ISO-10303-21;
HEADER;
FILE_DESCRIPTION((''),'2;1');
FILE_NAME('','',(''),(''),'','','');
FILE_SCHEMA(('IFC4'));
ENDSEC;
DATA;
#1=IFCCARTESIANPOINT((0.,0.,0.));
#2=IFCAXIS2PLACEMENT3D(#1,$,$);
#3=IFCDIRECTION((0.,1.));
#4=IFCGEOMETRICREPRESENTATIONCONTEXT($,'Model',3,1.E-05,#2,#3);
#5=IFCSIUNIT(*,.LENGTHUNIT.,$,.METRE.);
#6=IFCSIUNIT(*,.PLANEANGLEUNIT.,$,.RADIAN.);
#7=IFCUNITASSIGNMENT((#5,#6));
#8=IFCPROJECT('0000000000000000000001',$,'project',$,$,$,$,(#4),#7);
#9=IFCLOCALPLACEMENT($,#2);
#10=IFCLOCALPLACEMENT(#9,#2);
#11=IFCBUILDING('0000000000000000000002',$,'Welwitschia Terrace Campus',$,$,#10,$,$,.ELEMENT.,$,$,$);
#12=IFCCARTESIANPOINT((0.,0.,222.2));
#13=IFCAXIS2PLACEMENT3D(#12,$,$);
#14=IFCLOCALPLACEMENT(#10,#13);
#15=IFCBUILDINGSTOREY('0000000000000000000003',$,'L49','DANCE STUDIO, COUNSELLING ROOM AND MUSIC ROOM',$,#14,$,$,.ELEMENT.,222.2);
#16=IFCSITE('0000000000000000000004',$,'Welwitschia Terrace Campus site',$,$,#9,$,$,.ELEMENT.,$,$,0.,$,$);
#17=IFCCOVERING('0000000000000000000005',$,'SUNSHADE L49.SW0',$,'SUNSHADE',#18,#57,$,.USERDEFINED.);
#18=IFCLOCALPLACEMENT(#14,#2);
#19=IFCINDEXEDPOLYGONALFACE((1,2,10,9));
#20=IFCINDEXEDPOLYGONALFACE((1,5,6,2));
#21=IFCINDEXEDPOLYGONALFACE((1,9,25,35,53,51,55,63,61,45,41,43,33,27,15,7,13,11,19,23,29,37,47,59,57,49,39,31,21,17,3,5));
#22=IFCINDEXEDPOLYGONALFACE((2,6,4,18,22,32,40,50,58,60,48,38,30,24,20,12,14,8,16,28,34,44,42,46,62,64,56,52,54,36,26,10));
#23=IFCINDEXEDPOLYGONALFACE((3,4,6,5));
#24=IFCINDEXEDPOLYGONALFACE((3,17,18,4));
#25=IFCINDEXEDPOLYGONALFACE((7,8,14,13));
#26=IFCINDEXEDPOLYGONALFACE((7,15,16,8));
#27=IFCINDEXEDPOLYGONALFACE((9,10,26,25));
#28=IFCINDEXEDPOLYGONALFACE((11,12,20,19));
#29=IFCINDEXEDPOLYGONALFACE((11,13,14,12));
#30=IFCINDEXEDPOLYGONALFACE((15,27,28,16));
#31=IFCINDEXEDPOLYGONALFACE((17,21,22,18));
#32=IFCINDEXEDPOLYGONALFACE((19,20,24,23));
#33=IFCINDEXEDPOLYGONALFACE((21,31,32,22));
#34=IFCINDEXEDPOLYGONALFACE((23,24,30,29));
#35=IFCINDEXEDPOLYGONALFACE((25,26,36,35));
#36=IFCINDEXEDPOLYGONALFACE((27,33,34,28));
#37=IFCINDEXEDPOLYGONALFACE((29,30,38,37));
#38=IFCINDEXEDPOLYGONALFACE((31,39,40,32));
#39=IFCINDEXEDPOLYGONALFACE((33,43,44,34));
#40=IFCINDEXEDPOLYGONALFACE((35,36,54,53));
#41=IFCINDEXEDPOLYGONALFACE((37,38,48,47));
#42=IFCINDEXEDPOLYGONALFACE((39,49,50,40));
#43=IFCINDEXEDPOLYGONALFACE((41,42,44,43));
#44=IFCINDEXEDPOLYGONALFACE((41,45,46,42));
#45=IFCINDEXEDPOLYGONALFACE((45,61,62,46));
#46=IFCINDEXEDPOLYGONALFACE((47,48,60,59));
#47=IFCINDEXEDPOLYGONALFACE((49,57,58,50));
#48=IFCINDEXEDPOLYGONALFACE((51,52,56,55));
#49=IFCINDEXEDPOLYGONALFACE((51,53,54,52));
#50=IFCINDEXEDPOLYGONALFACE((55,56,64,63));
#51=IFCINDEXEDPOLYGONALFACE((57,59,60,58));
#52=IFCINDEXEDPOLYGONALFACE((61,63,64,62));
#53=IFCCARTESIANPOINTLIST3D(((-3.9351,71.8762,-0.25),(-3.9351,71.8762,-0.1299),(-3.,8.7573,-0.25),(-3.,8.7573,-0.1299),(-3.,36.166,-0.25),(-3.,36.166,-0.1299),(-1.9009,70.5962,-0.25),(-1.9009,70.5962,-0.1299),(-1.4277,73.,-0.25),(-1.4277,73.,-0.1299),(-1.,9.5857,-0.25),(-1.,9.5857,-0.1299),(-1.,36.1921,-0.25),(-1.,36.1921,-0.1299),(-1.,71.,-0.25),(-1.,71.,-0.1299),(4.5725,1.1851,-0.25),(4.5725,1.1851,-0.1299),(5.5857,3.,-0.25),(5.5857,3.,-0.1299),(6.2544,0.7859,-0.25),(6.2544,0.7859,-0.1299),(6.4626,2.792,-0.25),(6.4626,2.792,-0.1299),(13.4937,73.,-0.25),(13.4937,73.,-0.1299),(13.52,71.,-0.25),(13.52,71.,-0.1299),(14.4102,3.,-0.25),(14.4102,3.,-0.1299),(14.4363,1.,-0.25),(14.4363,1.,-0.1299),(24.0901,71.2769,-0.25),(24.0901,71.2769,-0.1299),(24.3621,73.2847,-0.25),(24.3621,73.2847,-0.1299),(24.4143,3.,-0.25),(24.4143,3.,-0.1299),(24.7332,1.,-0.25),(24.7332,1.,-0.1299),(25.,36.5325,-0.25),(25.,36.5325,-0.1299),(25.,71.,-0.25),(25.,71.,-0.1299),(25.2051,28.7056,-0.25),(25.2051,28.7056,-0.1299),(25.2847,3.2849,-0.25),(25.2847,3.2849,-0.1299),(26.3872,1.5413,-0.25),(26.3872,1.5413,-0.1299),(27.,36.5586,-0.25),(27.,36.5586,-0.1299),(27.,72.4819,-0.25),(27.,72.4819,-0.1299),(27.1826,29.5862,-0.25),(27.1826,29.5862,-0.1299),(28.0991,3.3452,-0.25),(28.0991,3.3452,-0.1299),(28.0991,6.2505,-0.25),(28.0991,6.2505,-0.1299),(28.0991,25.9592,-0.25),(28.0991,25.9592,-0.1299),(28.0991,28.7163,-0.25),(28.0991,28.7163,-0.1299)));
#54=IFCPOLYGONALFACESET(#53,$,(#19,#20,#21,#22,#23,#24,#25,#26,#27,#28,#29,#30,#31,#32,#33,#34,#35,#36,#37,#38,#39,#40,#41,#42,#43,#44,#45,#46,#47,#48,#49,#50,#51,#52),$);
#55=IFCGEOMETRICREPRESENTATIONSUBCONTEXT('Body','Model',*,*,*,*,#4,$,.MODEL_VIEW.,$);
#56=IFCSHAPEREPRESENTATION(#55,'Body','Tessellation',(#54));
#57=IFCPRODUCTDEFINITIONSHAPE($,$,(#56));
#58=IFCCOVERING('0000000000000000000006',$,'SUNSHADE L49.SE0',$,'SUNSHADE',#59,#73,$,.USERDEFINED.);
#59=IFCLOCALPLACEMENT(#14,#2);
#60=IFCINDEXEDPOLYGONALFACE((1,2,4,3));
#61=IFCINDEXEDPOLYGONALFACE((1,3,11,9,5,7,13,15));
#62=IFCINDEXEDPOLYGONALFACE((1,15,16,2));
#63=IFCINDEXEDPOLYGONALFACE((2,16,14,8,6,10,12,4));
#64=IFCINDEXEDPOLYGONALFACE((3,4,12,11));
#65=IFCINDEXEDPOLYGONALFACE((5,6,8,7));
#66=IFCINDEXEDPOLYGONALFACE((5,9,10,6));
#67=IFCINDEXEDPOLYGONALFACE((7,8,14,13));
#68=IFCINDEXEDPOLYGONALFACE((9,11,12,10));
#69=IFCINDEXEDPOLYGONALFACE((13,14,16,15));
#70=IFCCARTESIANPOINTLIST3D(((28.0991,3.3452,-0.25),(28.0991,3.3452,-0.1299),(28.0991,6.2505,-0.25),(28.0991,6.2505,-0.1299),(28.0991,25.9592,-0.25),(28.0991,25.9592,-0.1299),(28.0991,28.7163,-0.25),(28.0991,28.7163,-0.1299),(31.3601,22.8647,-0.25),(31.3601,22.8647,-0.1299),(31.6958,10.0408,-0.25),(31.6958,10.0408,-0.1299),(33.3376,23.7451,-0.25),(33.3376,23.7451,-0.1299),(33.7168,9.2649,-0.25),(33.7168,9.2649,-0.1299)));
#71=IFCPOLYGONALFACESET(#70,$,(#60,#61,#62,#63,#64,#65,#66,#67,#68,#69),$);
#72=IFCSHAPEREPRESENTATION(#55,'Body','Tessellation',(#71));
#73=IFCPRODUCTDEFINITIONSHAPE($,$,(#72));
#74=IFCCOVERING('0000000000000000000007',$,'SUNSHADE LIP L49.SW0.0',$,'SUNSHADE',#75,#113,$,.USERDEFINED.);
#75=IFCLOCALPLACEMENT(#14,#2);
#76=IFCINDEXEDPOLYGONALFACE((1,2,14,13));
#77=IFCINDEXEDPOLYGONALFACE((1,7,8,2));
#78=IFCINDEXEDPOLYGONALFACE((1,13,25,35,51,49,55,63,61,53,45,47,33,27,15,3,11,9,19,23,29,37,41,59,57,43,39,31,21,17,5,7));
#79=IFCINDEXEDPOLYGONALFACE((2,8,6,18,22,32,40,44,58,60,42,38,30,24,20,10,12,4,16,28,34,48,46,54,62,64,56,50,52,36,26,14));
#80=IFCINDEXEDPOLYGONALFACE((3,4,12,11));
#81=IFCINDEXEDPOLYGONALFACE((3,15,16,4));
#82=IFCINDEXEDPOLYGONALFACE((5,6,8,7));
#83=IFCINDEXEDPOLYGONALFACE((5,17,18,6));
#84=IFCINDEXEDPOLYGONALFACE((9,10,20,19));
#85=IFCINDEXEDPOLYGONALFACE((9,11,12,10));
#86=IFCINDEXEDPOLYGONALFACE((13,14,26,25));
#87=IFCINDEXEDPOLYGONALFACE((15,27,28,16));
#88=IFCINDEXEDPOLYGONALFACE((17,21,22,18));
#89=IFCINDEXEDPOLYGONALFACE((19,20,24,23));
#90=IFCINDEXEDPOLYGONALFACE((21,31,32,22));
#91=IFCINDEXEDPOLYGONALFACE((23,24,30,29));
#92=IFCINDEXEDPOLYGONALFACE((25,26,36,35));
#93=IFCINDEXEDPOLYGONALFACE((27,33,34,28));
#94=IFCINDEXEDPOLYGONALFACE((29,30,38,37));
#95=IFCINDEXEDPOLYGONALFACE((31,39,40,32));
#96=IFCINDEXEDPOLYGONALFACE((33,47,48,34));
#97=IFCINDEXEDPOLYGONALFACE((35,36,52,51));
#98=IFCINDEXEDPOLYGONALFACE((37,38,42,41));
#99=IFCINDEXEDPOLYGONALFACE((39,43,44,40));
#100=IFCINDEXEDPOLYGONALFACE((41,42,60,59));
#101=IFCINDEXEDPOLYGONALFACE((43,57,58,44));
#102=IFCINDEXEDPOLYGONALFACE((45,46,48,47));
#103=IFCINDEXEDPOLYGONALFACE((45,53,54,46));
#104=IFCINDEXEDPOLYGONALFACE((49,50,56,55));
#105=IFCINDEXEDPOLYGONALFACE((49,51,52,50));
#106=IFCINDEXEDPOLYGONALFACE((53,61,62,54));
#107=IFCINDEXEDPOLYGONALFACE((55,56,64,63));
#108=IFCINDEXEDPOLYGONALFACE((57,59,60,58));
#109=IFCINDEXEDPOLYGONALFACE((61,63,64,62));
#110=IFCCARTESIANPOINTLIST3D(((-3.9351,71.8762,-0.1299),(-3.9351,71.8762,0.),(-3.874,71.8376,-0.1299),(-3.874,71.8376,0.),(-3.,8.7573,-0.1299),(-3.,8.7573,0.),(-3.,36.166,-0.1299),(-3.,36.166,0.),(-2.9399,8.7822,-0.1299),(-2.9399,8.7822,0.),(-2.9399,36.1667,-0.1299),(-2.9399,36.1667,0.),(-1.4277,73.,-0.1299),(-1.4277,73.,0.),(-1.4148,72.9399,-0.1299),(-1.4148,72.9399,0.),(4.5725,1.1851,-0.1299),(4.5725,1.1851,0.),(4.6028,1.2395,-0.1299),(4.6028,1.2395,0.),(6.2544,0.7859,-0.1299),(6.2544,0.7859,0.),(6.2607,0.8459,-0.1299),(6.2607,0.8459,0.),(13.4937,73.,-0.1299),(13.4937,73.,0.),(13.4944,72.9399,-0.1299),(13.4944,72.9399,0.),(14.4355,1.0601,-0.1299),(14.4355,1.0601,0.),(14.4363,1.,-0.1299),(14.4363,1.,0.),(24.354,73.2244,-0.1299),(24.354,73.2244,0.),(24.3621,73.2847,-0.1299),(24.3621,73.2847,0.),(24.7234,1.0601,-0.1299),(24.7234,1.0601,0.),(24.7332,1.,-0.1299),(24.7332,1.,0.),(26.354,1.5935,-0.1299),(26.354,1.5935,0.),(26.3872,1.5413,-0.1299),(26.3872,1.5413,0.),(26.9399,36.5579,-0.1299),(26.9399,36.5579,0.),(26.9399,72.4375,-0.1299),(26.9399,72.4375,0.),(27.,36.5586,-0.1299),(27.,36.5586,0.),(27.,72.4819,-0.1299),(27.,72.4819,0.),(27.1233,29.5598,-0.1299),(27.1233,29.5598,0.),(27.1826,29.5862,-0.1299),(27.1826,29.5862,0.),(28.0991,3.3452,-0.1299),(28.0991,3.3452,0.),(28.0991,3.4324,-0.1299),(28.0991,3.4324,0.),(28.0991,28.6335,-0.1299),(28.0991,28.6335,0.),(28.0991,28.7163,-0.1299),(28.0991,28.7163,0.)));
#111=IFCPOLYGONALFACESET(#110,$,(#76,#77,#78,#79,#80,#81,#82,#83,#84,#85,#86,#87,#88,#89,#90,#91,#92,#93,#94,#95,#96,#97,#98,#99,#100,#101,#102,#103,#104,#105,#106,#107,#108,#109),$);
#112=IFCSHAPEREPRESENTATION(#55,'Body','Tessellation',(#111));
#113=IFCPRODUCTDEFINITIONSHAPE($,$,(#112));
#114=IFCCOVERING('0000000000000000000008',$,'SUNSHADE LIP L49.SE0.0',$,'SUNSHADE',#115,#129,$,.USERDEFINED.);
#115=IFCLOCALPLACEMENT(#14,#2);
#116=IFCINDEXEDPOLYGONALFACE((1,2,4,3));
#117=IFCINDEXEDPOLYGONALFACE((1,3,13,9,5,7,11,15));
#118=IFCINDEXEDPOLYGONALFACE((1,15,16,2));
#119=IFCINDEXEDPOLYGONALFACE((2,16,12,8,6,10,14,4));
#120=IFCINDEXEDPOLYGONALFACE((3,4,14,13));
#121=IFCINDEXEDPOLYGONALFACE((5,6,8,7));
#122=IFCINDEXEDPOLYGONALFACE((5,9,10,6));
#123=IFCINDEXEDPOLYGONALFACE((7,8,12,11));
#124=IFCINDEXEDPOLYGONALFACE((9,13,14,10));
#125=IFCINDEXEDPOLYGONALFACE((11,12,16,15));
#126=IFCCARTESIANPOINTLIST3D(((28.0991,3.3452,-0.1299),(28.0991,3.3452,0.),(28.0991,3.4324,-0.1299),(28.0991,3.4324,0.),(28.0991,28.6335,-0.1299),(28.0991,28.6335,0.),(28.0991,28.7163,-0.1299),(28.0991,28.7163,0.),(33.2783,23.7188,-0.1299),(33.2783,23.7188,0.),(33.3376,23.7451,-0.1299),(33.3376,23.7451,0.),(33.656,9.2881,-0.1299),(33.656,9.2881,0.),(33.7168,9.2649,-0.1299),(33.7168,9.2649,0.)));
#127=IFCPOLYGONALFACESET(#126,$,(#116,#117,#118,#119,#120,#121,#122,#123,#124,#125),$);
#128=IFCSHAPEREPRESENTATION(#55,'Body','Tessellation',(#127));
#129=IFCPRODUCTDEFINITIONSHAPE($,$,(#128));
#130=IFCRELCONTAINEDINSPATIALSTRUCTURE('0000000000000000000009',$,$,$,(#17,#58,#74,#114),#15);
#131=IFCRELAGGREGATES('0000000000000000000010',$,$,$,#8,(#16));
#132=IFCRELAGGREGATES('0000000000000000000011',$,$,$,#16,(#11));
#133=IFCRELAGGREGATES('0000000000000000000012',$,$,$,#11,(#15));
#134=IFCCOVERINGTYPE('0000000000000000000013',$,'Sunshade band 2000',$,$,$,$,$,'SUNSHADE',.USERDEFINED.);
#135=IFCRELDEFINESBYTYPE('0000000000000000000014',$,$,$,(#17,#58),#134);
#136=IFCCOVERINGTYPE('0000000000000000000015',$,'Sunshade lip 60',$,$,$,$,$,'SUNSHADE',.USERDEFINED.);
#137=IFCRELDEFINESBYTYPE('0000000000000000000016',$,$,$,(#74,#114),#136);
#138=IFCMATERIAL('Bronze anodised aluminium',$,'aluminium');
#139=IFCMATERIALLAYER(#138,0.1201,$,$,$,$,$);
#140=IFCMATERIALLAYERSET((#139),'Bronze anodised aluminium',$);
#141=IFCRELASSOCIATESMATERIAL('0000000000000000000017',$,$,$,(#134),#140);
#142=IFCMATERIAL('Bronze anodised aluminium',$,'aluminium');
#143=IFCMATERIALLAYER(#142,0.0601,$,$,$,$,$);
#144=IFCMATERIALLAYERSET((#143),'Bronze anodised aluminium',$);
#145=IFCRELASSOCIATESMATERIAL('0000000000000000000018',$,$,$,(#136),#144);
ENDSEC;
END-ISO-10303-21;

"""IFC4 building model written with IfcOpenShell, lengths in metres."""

from ifc_helpers import new_model, si_unit, direction, frame, origin, place, context, subcontext, project, spatial, polyline, outline, extrude, material, layer, layer_set, type_object, element, save


model = new_model("IFC4")

# Units and contexts
model_context = context("Model", 3, precision=1e-05, world=origin(), true_north=direction((0.0, 1.0)))
body_context = subcontext(model_context, "Body", "Model", "MODEL_VIEW")
ifc_project = project(units=[si_unit("LENGTHUNIT", "METRE"), si_unit("PLANEANGLEUNIT", "RADIAN")], contexts=[model_context])

# Site, building, storey
site_placement = place(None, origin())
site = spatial("IfcSite", under=ifc_project, at=site_placement, Name="Welwitschia Terrace Campus site", CompositionType="ELEMENT", RefElevation=0.0)
building_placement = place(site_placement, origin())
building = spatial("IfcBuilding", under=site, at=building_placement, Name="Welwitschia Terrace Campus", CompositionType="ELEMENT")
storey_placement = place(building_placement, frame((0.0, 0.0, 222.2)))
storey = spatial("IfcBuildingStorey", under=building, at=storey_placement, Name="L49", Description="DANCE STUDIO, COUNSELLING ROOM AND MUSIC ROOM", CompositionType="ELEMENT", Elevation=222.2)

# Coverings
ifc_material_1 = material(Name="Bronze anodised aluminium", Category="aluminium")
ifc_layer_1 = layer(ifc_material_1, 0.1201)
ifc_layer_set_1 = layer_set([ifc_layer_1], Name="Bronze anodised aluminium")
covering_type_1 = type_object("IfcCoveringType", Name="Sunshade band 2000", ElementType="SUNSHADE", PredefinedType="USERDEFINED", material=ifc_layer_set_1)
covering_1_placement = place(storey_placement, frame((0.0, 0.0, -0.25)))
element("IfcCovering", 1, at=covering_1_placement, inside=storey, type_object=covering_type_1, Name="SUNSHADE L49.SW0", ObjectType="SUNSHADE", PredefinedType="USERDEFINED", context=body_context, shape_type="SweptSolid", body=[
    extrude(outline(polyline([(-1.4277, 73.0), (13.4937, 73.0), (24.3621, 73.2847), (27.0, 72.4819), (27.0, 36.5586), (27.1826, 29.5862), (28.0991, 28.7163), (28.0991, 25.9592), (25.2051, 28.7056), (25.0, 36.5325), (25.0, 71.0), (24.0901, 71.2769), (13.52, 71.0), (-1.0, 71.0), (-1.9009, 70.5962), (-1.0, 36.1921), (-1.0, 9.5857), (5.5857, 3.0), (6.4626, 2.792), (14.4102, 3.0), (24.4143, 3.0), (25.2847, 3.2849), (28.0991, 6.2505), (28.0991, 3.3452), (26.3872, 1.5413), (24.7332, 1.0), (14.4363, 1.0), (6.2544, 0.7859), (4.5725, 1.1851), (-3.0, 8.7573), (-3.0, 36.166), (-3.9351, 71.8762), (-1.4277, 73.0)])), origin(), (0.0, 0.0, 1.0), 0.1201),
])
covering_2_placement = place(storey_placement, frame((0.0, 0.0, -0.25)))
element("IfcCovering", 2, at=covering_2_placement, inside=storey, type_object=covering_type_1, Name="SUNSHADE L49.SE0", ObjectType="SUNSHADE", PredefinedType="USERDEFINED", context=body_context, shape_type="SweptSolid", body=[
    extrude(outline(polyline([(33.3376, 23.7451), (33.7168, 9.2649), (28.0991, 3.3452), (28.0991, 6.2505), (31.6958, 10.0408), (31.3601, 22.8647), (28.0991, 25.9592), (28.0991, 28.7163), (33.3376, 23.7451)])), origin(), (0.0, 0.0, 1.0), 0.1201),
])
ifc_material_2 = material(Name="Bronze anodised aluminium", Category="aluminium")
ifc_layer_2 = layer(ifc_material_2, 0.0601)
ifc_layer_set_2 = layer_set([ifc_layer_2], Name="Bronze anodised aluminium")
covering_type_2 = type_object("IfcCoveringType", Name="Sunshade lip 60", ElementType="SUNSHADE", PredefinedType="USERDEFINED", material=ifc_layer_set_2)
covering_3_placement = place(storey_placement, frame((0.0, 0.0, -0.1299)))
element("IfcCovering", 3, at=covering_3_placement, inside=storey, type_object=covering_type_2, Name="SUNSHADE LIP L49.SW0.0", ObjectType="SUNSHADE", PredefinedType="USERDEFINED", context=body_context, shape_type="SweptSolid", body=[
    extrude(outline(polyline([(13.4937, 73.0), (24.3621, 73.2847), (27.0, 72.4819), (27.0, 36.5586), (27.1826, 29.5862), (28.0991, 28.7163), (28.0991, 28.6335), (27.1233, 29.5598), (26.9399, 36.5579), (26.9399, 72.4375), (24.354, 73.2244), (13.4944, 72.9399), (-1.4148, 72.9399), (-3.874, 71.8376), (-2.9399, 36.1667), (-2.9399, 8.7822), (4.6028, 1.2395), (6.2607, 0.8459), (14.4355, 1.0601), (24.7234, 1.0601), (26.354, 1.5935), (28.0991, 3.4324), (28.0991, 3.3452), (26.3872, 1.5413), (24.7332, 1.0), (14.4363, 1.0), (6.2544, 0.7859), (4.5725, 1.1851), (-3.0, 8.7573), (-3.0, 36.166), (-3.9351, 71.8762), (-1.4277, 73.0), (13.4937, 73.0)])), origin(), (0.0, 0.0, 1.0), 0.1299),
])
covering_4_placement = place(storey_placement, frame((0.0, 0.0, -0.1299)))
element("IfcCovering", 4, at=covering_4_placement, inside=storey, type_object=covering_type_2, Name="SUNSHADE LIP L49.SE0.0", ObjectType="SUNSHADE", PredefinedType="USERDEFINED", context=body_context, shape_type="SweptSolid", body=[
    extrude(outline(polyline([(33.7168, 9.2649), (28.0991, 3.3452), (28.0991, 3.4324), (33.656, 9.2881), (33.2783, 23.7188), (28.0991, 28.6335), (28.0991, 28.7163), (33.3376, 23.7451), (33.7168, 9.2649)])), origin(), (0.0, 0.0, 1.0), 0.1299),
])

save(model, "model.ifc")
